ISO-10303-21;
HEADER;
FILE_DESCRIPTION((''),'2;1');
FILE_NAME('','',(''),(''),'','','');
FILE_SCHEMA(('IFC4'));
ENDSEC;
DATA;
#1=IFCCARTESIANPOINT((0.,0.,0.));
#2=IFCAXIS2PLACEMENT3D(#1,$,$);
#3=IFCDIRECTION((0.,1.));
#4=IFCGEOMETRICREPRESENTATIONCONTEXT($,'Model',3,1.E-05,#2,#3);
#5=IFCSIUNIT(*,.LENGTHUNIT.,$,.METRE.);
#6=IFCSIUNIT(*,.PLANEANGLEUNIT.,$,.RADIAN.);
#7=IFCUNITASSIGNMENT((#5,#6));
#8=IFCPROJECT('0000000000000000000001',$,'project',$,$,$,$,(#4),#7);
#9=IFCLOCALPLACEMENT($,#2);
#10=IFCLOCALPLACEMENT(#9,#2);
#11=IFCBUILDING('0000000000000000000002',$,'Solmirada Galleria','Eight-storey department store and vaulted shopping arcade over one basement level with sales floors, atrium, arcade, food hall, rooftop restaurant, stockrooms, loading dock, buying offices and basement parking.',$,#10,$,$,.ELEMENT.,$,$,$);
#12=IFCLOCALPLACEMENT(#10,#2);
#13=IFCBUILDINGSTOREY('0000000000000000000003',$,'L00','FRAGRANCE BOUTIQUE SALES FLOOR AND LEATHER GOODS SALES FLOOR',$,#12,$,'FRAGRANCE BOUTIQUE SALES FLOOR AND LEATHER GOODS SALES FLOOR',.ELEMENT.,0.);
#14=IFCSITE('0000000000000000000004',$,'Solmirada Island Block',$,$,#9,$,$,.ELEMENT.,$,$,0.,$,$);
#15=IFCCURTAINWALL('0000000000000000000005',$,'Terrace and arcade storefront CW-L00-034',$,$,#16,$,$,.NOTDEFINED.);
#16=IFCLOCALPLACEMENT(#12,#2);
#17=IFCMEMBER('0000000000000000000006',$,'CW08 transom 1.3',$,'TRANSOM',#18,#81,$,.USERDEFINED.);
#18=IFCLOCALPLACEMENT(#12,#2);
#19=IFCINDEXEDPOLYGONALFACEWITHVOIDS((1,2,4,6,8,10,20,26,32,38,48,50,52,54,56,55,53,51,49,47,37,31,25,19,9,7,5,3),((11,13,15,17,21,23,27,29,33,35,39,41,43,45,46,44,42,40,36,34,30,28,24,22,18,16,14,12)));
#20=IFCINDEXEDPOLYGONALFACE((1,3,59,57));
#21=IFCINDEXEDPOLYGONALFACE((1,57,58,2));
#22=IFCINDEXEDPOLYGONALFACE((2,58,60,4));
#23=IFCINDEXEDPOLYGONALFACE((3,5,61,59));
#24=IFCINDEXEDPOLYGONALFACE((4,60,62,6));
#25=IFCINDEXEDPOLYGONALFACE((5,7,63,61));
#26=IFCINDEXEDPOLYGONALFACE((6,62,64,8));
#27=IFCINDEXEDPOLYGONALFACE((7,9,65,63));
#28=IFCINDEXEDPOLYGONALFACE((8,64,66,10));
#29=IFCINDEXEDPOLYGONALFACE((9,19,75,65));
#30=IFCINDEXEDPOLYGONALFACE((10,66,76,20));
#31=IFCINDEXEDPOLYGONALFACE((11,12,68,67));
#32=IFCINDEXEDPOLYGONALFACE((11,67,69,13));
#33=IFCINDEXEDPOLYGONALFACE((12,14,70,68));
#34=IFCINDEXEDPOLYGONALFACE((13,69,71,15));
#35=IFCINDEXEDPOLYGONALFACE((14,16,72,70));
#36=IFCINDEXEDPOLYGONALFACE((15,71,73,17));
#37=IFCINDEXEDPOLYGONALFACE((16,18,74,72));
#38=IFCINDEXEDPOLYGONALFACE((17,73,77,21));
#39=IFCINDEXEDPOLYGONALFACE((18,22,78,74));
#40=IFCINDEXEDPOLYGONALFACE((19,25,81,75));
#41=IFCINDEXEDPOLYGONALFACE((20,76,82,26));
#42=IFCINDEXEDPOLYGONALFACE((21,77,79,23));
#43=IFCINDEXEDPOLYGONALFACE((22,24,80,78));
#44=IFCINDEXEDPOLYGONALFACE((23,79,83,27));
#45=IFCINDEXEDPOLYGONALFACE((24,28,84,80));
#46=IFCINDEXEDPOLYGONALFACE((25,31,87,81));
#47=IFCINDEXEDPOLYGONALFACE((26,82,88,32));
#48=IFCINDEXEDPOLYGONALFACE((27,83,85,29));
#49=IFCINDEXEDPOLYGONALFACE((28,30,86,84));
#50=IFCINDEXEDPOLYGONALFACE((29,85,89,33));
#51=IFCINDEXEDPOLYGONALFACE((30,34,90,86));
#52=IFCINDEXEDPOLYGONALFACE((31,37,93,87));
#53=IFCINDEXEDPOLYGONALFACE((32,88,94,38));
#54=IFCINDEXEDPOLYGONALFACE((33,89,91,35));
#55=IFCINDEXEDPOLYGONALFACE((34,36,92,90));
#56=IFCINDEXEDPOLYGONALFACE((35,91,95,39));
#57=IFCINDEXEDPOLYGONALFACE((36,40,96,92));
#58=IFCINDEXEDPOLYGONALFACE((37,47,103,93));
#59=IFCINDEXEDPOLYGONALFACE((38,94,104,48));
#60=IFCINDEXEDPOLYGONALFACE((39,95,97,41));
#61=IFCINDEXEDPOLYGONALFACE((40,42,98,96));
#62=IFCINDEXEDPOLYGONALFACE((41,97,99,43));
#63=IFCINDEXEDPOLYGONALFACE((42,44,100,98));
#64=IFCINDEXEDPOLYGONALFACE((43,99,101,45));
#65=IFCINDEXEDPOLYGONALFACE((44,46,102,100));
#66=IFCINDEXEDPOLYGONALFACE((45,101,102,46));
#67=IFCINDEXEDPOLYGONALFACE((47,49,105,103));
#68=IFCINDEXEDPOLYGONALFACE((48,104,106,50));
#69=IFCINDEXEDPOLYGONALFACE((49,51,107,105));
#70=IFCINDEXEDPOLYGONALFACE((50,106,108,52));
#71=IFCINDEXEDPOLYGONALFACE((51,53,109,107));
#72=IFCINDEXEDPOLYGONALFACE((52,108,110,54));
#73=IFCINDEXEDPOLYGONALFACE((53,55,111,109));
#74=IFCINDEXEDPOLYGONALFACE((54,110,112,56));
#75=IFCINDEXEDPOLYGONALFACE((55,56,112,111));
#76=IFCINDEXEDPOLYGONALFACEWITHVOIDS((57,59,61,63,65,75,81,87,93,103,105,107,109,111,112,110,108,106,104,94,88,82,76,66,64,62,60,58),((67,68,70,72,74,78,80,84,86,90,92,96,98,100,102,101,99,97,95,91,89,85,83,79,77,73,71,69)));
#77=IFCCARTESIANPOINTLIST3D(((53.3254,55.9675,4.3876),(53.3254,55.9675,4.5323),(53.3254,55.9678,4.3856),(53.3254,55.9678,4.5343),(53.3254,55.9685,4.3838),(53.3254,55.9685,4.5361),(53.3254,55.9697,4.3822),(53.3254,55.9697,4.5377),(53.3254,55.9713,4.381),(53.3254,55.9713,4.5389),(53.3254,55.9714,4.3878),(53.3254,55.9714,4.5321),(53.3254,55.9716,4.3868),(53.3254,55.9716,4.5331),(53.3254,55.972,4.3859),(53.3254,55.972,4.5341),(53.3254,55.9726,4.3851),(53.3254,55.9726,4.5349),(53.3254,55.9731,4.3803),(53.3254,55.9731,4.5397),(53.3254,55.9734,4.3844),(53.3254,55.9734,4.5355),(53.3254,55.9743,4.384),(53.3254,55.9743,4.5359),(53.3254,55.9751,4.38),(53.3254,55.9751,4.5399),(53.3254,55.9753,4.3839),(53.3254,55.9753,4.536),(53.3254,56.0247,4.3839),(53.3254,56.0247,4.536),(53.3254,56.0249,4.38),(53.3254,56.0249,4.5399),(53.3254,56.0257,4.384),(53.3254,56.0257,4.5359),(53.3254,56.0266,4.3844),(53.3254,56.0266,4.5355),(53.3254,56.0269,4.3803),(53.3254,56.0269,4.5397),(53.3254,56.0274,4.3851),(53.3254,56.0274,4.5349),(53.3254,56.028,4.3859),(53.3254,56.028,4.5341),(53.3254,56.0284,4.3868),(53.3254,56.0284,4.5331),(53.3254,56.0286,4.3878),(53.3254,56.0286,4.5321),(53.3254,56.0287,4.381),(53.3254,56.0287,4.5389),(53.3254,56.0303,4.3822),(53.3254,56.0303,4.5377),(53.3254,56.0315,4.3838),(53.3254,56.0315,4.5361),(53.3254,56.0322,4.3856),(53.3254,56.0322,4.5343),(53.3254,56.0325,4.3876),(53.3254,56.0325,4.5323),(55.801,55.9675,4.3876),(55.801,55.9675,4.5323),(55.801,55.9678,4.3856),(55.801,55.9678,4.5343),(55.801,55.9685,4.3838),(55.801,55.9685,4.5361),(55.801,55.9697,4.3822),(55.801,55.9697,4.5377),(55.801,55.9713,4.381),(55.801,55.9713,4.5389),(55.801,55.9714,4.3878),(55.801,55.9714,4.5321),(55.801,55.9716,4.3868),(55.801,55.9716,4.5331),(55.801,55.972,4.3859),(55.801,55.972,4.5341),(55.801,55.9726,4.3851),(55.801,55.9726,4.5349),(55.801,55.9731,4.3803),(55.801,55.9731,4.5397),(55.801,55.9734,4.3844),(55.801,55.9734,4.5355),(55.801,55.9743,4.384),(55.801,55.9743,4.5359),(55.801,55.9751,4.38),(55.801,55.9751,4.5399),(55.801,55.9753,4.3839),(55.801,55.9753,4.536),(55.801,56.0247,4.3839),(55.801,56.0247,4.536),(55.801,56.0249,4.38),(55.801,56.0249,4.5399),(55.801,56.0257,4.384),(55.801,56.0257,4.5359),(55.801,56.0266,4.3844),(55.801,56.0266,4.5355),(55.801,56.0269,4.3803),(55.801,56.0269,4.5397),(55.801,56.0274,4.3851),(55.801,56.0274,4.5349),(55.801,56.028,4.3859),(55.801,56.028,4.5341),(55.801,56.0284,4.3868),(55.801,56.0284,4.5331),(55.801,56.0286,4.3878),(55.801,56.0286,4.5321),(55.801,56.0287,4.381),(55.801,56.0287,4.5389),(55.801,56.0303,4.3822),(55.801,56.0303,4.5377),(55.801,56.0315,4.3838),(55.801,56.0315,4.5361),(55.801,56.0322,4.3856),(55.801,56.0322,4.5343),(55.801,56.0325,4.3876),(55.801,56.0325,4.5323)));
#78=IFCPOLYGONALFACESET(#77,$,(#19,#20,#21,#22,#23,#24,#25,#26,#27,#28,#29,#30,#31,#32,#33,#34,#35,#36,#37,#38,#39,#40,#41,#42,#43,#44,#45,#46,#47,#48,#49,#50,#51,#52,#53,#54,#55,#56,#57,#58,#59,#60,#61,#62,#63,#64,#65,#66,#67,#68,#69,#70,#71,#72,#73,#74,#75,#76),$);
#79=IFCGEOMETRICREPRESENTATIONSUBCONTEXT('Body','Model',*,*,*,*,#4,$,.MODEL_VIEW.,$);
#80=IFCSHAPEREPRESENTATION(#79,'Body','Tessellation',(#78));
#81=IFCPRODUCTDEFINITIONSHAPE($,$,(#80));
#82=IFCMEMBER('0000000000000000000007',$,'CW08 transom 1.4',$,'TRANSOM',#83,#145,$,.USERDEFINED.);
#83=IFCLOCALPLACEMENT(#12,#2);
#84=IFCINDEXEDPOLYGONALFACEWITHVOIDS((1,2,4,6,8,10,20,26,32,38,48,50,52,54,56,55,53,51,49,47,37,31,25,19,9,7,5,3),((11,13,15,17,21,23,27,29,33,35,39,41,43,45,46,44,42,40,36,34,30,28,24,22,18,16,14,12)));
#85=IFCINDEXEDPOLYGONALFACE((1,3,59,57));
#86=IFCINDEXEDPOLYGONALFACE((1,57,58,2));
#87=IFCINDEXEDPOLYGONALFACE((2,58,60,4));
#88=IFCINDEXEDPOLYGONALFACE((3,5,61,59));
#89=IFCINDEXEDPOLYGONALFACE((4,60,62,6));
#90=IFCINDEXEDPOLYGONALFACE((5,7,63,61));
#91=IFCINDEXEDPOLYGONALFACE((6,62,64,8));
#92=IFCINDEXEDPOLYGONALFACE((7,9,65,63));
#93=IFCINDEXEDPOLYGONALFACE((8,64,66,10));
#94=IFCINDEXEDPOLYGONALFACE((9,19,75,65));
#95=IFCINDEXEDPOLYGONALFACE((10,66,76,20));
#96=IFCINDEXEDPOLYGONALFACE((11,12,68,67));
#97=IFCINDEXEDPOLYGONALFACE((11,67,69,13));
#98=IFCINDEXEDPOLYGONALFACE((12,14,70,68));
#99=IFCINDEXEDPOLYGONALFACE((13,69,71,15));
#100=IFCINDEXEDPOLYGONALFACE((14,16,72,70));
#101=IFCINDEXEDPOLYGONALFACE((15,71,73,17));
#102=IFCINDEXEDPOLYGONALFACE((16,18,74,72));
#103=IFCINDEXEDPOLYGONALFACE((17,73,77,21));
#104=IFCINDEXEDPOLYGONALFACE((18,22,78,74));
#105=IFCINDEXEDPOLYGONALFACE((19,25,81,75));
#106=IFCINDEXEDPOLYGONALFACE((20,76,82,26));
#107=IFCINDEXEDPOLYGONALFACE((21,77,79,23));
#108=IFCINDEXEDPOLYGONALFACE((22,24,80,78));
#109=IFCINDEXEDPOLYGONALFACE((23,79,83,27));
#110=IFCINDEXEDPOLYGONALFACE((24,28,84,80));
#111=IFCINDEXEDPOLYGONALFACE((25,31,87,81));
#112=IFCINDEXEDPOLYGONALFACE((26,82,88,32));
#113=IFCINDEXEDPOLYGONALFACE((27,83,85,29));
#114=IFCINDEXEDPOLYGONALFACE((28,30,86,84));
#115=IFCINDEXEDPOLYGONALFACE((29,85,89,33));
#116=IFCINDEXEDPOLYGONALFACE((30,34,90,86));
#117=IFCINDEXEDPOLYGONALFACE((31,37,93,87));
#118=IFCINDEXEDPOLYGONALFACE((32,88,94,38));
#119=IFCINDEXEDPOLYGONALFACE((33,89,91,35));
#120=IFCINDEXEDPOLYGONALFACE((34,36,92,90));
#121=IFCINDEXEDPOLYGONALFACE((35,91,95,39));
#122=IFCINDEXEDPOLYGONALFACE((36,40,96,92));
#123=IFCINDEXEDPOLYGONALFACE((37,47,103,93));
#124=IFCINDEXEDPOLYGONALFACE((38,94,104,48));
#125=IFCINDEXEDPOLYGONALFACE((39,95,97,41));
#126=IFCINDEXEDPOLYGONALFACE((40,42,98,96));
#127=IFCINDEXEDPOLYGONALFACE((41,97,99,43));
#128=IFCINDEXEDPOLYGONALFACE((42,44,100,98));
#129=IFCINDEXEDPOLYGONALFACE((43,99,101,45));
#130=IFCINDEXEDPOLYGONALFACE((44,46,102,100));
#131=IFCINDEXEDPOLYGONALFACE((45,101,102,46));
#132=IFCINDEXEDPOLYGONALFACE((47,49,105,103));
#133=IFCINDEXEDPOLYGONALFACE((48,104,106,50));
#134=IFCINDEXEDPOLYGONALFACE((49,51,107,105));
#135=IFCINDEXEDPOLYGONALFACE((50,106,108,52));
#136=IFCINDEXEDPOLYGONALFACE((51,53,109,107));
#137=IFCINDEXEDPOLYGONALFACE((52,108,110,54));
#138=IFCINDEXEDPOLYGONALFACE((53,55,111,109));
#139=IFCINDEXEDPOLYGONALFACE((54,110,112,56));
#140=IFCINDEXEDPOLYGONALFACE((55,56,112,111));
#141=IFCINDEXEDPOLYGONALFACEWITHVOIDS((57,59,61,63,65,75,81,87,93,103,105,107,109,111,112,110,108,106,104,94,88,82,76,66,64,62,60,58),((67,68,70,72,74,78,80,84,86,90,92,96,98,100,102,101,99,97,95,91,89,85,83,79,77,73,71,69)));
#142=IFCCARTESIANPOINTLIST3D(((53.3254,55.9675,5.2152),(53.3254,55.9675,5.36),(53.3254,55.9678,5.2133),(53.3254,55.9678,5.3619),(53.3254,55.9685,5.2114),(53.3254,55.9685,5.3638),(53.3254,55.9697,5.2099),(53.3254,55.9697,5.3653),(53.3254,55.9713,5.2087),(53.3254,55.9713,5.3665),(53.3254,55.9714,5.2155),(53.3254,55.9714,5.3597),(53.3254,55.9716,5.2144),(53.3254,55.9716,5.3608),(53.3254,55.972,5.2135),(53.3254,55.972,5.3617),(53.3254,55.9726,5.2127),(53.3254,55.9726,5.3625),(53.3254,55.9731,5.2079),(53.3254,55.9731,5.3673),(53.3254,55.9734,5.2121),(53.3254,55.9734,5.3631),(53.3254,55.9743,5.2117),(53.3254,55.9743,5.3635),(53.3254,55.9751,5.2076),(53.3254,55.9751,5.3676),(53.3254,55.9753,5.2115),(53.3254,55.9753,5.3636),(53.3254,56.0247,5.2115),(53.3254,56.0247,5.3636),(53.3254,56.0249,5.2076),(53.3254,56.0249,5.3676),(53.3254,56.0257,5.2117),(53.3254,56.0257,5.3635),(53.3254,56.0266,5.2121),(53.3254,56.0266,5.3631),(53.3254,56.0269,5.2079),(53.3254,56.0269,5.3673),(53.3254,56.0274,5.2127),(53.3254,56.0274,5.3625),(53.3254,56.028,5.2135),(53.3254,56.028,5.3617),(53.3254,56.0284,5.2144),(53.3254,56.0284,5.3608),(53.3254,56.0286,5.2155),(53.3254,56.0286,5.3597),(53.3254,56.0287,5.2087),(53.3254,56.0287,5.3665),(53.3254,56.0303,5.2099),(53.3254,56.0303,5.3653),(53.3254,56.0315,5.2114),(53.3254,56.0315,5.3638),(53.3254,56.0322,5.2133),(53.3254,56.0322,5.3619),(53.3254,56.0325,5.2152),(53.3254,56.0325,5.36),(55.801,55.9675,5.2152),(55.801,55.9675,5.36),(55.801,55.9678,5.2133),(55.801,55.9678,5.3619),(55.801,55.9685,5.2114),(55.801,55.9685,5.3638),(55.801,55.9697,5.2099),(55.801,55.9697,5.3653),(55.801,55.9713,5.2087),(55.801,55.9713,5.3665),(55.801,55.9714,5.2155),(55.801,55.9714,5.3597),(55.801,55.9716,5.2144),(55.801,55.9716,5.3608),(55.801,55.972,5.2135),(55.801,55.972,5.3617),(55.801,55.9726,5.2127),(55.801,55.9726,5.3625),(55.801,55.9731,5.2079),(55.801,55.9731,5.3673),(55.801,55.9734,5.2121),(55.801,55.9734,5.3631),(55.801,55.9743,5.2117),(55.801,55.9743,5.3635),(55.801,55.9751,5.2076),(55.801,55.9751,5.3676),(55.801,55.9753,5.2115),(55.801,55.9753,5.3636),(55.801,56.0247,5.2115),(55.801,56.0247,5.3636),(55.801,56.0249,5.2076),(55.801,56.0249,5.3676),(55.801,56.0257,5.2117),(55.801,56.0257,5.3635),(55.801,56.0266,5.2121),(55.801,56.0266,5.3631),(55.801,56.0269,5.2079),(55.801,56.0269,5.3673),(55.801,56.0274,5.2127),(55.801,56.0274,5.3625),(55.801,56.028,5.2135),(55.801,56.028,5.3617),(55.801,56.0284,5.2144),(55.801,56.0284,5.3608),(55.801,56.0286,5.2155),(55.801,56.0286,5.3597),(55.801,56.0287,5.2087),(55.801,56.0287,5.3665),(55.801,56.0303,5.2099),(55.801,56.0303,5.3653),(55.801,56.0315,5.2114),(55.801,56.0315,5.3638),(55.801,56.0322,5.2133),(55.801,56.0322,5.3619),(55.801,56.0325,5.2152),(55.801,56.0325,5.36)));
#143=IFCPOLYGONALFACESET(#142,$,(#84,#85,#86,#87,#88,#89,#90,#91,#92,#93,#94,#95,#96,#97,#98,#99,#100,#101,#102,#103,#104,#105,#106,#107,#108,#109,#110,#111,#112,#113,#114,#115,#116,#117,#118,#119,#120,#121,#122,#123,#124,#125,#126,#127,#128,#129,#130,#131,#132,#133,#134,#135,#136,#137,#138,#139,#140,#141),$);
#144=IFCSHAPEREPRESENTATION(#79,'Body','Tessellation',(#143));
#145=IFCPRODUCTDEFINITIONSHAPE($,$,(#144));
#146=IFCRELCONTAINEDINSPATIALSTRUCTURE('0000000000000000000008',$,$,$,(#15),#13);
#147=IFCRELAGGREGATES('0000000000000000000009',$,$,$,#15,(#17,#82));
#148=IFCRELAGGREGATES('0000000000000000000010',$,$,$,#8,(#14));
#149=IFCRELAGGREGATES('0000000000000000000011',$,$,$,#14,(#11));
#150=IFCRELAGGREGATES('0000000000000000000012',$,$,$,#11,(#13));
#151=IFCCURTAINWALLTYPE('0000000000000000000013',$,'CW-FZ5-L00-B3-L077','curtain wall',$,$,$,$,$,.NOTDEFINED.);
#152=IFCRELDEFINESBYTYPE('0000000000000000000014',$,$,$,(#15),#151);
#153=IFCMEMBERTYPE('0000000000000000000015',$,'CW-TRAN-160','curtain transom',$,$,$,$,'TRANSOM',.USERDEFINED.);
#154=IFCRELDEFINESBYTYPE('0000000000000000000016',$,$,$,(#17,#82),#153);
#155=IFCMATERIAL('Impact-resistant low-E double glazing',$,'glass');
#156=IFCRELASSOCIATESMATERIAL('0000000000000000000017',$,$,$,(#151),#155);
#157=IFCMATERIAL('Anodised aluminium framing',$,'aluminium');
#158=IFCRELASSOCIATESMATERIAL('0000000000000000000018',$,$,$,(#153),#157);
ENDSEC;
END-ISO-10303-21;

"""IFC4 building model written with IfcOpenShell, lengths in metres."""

from ifc_helpers import new_model, si_unit, direction, frame, origin, origin_2d, place, context, subcontext, project, spatial, hollow_rectangle, extrude, material, material_profile, profile_set, type_object, element, aggregate, save


model = new_model("IFC4")

# Units and contexts
model_context = context("Model", 3, precision=1e-05, world=origin(), true_north=direction((0.0, 1.0)))
body_context = subcontext(model_context, "Body", "Model", "MODEL_VIEW")
ifc_project = project(units=[si_unit("LENGTHUNIT", "METRE"), si_unit("PLANEANGLEUNIT", "RADIAN")], contexts=[model_context])

# Site, building, storey
site_placement = place(None, origin())
site = spatial("IfcSite", under=ifc_project, at=site_placement, Name="Solmirada Island Block", CompositionType="ELEMENT", RefElevation=0.0)
building_placement = place(site_placement, origin())
building = spatial("IfcBuilding", under=site, at=building_placement, Name="Solmirada Galleria", Description="Eight-storey department store and vaulted shopping arcade over one basement level with sales floors, atrium, arcade, food hall, rooftop restaurant, stockrooms, loading dock, buying offices and basement parking.", CompositionType="ELEMENT")
storey_placement = place(building_placement, origin())
storey = spatial("IfcBuildingStorey", under=building, at=storey_placement, Name="L00", Description="FRAGRANCE BOUTIQUE SALES FLOOR AND LEATHER GOODS SALES FLOOR", LongName="FRAGRANCE BOUTIQUE SALES FLOOR AND LEATHER GOODS SALES FLOOR", CompositionType="ELEMENT", Elevation=0.0)

# Curtain wall, members
ifc_material_1 = material(Name="Impact-resistant low-E double glazing", Category="glass")
curtain_wall_type = type_object("IfcCurtainWallType", Name="CW-FZ5-L00-B3-L077", Description="curtain wall", PredefinedType="NOTDEFINED", material=ifc_material_1)
curtain_wall_placement = place(storey_placement, origin())
curtain_wall = element("IfcCurtainWall", 1, at=curtain_wall_placement, inside=storey, type_object=curtain_wall_type, Name="Terrace and arcade storefront CW-L00-034", PredefinedType="NOTDEFINED")
ifc_material_2 = material(Name="Anodised aluminium framing", Category="aluminium")
ifc_material_profile_1 = material_profile(ifc_material_2, hollow_rectangle(XDim=0.0649, YDim=0.1599, WallThickness=0.0039, InnerFilletRadius=0.0039, OuterFilletRadius=0.0076, at=origin_2d()), Name="ALU-TRAN-160X65")
ifc_profile_set_1 = profile_set([ifc_material_profile_1], Name="Anodised aluminium framing")
member_type_1 = type_object("IfcMemberType", Name="CW-TRAN-160", Description="curtain transom", ElementType="TRANSOM", PredefinedType="USERDEFINED", material=ifc_profile_set_1)
member_1_placement = place(storey_placement, frame((55.801, 56.0, 4.46), z_axis=(-1.0, 0.0, 0.0), x_axis=(0.0, -1.0, 0.0)))
member_1 = element("IfcMember", 2, at=member_1_placement, type_object=member_type_1, Name="CW08 transom 1.3", ObjectType="TRANSOM", PredefinedType="USERDEFINED", context=body_context, shape_type="SweptSolid", body=[
    extrude(hollow_rectangle(XDim=0.0649, YDim=0.1599, WallThickness=0.0039, InnerFilletRadius=0.0039, OuterFilletRadius=0.0076, at=origin_2d()), origin(), (0.0, 0.0, 1.0), 2.4756),
])
member_2_placement = place(storey_placement, frame((55.801, 56.0, 5.2876), z_axis=(-1.0, 0.0, 0.0), x_axis=(0.0, -1.0, 0.0)))
member_2 = element("IfcMember", 3, at=member_2_placement, type_object=member_type_1, Name="CW08 transom 1.4", ObjectType="TRANSOM", PredefinedType="USERDEFINED", context=body_context, shape_type="SweptSolid", body=[
    extrude(hollow_rectangle(XDim=0.0649, YDim=0.1599, WallThickness=0.0039, InnerFilletRadius=0.0039, OuterFilletRadius=0.0076, at=origin_2d()), origin(), (0.0, 0.0, 1.0), 2.4756),
])
aggregate(curtain_wall, [member_1, member_2])

save(model, "model.ifc")
